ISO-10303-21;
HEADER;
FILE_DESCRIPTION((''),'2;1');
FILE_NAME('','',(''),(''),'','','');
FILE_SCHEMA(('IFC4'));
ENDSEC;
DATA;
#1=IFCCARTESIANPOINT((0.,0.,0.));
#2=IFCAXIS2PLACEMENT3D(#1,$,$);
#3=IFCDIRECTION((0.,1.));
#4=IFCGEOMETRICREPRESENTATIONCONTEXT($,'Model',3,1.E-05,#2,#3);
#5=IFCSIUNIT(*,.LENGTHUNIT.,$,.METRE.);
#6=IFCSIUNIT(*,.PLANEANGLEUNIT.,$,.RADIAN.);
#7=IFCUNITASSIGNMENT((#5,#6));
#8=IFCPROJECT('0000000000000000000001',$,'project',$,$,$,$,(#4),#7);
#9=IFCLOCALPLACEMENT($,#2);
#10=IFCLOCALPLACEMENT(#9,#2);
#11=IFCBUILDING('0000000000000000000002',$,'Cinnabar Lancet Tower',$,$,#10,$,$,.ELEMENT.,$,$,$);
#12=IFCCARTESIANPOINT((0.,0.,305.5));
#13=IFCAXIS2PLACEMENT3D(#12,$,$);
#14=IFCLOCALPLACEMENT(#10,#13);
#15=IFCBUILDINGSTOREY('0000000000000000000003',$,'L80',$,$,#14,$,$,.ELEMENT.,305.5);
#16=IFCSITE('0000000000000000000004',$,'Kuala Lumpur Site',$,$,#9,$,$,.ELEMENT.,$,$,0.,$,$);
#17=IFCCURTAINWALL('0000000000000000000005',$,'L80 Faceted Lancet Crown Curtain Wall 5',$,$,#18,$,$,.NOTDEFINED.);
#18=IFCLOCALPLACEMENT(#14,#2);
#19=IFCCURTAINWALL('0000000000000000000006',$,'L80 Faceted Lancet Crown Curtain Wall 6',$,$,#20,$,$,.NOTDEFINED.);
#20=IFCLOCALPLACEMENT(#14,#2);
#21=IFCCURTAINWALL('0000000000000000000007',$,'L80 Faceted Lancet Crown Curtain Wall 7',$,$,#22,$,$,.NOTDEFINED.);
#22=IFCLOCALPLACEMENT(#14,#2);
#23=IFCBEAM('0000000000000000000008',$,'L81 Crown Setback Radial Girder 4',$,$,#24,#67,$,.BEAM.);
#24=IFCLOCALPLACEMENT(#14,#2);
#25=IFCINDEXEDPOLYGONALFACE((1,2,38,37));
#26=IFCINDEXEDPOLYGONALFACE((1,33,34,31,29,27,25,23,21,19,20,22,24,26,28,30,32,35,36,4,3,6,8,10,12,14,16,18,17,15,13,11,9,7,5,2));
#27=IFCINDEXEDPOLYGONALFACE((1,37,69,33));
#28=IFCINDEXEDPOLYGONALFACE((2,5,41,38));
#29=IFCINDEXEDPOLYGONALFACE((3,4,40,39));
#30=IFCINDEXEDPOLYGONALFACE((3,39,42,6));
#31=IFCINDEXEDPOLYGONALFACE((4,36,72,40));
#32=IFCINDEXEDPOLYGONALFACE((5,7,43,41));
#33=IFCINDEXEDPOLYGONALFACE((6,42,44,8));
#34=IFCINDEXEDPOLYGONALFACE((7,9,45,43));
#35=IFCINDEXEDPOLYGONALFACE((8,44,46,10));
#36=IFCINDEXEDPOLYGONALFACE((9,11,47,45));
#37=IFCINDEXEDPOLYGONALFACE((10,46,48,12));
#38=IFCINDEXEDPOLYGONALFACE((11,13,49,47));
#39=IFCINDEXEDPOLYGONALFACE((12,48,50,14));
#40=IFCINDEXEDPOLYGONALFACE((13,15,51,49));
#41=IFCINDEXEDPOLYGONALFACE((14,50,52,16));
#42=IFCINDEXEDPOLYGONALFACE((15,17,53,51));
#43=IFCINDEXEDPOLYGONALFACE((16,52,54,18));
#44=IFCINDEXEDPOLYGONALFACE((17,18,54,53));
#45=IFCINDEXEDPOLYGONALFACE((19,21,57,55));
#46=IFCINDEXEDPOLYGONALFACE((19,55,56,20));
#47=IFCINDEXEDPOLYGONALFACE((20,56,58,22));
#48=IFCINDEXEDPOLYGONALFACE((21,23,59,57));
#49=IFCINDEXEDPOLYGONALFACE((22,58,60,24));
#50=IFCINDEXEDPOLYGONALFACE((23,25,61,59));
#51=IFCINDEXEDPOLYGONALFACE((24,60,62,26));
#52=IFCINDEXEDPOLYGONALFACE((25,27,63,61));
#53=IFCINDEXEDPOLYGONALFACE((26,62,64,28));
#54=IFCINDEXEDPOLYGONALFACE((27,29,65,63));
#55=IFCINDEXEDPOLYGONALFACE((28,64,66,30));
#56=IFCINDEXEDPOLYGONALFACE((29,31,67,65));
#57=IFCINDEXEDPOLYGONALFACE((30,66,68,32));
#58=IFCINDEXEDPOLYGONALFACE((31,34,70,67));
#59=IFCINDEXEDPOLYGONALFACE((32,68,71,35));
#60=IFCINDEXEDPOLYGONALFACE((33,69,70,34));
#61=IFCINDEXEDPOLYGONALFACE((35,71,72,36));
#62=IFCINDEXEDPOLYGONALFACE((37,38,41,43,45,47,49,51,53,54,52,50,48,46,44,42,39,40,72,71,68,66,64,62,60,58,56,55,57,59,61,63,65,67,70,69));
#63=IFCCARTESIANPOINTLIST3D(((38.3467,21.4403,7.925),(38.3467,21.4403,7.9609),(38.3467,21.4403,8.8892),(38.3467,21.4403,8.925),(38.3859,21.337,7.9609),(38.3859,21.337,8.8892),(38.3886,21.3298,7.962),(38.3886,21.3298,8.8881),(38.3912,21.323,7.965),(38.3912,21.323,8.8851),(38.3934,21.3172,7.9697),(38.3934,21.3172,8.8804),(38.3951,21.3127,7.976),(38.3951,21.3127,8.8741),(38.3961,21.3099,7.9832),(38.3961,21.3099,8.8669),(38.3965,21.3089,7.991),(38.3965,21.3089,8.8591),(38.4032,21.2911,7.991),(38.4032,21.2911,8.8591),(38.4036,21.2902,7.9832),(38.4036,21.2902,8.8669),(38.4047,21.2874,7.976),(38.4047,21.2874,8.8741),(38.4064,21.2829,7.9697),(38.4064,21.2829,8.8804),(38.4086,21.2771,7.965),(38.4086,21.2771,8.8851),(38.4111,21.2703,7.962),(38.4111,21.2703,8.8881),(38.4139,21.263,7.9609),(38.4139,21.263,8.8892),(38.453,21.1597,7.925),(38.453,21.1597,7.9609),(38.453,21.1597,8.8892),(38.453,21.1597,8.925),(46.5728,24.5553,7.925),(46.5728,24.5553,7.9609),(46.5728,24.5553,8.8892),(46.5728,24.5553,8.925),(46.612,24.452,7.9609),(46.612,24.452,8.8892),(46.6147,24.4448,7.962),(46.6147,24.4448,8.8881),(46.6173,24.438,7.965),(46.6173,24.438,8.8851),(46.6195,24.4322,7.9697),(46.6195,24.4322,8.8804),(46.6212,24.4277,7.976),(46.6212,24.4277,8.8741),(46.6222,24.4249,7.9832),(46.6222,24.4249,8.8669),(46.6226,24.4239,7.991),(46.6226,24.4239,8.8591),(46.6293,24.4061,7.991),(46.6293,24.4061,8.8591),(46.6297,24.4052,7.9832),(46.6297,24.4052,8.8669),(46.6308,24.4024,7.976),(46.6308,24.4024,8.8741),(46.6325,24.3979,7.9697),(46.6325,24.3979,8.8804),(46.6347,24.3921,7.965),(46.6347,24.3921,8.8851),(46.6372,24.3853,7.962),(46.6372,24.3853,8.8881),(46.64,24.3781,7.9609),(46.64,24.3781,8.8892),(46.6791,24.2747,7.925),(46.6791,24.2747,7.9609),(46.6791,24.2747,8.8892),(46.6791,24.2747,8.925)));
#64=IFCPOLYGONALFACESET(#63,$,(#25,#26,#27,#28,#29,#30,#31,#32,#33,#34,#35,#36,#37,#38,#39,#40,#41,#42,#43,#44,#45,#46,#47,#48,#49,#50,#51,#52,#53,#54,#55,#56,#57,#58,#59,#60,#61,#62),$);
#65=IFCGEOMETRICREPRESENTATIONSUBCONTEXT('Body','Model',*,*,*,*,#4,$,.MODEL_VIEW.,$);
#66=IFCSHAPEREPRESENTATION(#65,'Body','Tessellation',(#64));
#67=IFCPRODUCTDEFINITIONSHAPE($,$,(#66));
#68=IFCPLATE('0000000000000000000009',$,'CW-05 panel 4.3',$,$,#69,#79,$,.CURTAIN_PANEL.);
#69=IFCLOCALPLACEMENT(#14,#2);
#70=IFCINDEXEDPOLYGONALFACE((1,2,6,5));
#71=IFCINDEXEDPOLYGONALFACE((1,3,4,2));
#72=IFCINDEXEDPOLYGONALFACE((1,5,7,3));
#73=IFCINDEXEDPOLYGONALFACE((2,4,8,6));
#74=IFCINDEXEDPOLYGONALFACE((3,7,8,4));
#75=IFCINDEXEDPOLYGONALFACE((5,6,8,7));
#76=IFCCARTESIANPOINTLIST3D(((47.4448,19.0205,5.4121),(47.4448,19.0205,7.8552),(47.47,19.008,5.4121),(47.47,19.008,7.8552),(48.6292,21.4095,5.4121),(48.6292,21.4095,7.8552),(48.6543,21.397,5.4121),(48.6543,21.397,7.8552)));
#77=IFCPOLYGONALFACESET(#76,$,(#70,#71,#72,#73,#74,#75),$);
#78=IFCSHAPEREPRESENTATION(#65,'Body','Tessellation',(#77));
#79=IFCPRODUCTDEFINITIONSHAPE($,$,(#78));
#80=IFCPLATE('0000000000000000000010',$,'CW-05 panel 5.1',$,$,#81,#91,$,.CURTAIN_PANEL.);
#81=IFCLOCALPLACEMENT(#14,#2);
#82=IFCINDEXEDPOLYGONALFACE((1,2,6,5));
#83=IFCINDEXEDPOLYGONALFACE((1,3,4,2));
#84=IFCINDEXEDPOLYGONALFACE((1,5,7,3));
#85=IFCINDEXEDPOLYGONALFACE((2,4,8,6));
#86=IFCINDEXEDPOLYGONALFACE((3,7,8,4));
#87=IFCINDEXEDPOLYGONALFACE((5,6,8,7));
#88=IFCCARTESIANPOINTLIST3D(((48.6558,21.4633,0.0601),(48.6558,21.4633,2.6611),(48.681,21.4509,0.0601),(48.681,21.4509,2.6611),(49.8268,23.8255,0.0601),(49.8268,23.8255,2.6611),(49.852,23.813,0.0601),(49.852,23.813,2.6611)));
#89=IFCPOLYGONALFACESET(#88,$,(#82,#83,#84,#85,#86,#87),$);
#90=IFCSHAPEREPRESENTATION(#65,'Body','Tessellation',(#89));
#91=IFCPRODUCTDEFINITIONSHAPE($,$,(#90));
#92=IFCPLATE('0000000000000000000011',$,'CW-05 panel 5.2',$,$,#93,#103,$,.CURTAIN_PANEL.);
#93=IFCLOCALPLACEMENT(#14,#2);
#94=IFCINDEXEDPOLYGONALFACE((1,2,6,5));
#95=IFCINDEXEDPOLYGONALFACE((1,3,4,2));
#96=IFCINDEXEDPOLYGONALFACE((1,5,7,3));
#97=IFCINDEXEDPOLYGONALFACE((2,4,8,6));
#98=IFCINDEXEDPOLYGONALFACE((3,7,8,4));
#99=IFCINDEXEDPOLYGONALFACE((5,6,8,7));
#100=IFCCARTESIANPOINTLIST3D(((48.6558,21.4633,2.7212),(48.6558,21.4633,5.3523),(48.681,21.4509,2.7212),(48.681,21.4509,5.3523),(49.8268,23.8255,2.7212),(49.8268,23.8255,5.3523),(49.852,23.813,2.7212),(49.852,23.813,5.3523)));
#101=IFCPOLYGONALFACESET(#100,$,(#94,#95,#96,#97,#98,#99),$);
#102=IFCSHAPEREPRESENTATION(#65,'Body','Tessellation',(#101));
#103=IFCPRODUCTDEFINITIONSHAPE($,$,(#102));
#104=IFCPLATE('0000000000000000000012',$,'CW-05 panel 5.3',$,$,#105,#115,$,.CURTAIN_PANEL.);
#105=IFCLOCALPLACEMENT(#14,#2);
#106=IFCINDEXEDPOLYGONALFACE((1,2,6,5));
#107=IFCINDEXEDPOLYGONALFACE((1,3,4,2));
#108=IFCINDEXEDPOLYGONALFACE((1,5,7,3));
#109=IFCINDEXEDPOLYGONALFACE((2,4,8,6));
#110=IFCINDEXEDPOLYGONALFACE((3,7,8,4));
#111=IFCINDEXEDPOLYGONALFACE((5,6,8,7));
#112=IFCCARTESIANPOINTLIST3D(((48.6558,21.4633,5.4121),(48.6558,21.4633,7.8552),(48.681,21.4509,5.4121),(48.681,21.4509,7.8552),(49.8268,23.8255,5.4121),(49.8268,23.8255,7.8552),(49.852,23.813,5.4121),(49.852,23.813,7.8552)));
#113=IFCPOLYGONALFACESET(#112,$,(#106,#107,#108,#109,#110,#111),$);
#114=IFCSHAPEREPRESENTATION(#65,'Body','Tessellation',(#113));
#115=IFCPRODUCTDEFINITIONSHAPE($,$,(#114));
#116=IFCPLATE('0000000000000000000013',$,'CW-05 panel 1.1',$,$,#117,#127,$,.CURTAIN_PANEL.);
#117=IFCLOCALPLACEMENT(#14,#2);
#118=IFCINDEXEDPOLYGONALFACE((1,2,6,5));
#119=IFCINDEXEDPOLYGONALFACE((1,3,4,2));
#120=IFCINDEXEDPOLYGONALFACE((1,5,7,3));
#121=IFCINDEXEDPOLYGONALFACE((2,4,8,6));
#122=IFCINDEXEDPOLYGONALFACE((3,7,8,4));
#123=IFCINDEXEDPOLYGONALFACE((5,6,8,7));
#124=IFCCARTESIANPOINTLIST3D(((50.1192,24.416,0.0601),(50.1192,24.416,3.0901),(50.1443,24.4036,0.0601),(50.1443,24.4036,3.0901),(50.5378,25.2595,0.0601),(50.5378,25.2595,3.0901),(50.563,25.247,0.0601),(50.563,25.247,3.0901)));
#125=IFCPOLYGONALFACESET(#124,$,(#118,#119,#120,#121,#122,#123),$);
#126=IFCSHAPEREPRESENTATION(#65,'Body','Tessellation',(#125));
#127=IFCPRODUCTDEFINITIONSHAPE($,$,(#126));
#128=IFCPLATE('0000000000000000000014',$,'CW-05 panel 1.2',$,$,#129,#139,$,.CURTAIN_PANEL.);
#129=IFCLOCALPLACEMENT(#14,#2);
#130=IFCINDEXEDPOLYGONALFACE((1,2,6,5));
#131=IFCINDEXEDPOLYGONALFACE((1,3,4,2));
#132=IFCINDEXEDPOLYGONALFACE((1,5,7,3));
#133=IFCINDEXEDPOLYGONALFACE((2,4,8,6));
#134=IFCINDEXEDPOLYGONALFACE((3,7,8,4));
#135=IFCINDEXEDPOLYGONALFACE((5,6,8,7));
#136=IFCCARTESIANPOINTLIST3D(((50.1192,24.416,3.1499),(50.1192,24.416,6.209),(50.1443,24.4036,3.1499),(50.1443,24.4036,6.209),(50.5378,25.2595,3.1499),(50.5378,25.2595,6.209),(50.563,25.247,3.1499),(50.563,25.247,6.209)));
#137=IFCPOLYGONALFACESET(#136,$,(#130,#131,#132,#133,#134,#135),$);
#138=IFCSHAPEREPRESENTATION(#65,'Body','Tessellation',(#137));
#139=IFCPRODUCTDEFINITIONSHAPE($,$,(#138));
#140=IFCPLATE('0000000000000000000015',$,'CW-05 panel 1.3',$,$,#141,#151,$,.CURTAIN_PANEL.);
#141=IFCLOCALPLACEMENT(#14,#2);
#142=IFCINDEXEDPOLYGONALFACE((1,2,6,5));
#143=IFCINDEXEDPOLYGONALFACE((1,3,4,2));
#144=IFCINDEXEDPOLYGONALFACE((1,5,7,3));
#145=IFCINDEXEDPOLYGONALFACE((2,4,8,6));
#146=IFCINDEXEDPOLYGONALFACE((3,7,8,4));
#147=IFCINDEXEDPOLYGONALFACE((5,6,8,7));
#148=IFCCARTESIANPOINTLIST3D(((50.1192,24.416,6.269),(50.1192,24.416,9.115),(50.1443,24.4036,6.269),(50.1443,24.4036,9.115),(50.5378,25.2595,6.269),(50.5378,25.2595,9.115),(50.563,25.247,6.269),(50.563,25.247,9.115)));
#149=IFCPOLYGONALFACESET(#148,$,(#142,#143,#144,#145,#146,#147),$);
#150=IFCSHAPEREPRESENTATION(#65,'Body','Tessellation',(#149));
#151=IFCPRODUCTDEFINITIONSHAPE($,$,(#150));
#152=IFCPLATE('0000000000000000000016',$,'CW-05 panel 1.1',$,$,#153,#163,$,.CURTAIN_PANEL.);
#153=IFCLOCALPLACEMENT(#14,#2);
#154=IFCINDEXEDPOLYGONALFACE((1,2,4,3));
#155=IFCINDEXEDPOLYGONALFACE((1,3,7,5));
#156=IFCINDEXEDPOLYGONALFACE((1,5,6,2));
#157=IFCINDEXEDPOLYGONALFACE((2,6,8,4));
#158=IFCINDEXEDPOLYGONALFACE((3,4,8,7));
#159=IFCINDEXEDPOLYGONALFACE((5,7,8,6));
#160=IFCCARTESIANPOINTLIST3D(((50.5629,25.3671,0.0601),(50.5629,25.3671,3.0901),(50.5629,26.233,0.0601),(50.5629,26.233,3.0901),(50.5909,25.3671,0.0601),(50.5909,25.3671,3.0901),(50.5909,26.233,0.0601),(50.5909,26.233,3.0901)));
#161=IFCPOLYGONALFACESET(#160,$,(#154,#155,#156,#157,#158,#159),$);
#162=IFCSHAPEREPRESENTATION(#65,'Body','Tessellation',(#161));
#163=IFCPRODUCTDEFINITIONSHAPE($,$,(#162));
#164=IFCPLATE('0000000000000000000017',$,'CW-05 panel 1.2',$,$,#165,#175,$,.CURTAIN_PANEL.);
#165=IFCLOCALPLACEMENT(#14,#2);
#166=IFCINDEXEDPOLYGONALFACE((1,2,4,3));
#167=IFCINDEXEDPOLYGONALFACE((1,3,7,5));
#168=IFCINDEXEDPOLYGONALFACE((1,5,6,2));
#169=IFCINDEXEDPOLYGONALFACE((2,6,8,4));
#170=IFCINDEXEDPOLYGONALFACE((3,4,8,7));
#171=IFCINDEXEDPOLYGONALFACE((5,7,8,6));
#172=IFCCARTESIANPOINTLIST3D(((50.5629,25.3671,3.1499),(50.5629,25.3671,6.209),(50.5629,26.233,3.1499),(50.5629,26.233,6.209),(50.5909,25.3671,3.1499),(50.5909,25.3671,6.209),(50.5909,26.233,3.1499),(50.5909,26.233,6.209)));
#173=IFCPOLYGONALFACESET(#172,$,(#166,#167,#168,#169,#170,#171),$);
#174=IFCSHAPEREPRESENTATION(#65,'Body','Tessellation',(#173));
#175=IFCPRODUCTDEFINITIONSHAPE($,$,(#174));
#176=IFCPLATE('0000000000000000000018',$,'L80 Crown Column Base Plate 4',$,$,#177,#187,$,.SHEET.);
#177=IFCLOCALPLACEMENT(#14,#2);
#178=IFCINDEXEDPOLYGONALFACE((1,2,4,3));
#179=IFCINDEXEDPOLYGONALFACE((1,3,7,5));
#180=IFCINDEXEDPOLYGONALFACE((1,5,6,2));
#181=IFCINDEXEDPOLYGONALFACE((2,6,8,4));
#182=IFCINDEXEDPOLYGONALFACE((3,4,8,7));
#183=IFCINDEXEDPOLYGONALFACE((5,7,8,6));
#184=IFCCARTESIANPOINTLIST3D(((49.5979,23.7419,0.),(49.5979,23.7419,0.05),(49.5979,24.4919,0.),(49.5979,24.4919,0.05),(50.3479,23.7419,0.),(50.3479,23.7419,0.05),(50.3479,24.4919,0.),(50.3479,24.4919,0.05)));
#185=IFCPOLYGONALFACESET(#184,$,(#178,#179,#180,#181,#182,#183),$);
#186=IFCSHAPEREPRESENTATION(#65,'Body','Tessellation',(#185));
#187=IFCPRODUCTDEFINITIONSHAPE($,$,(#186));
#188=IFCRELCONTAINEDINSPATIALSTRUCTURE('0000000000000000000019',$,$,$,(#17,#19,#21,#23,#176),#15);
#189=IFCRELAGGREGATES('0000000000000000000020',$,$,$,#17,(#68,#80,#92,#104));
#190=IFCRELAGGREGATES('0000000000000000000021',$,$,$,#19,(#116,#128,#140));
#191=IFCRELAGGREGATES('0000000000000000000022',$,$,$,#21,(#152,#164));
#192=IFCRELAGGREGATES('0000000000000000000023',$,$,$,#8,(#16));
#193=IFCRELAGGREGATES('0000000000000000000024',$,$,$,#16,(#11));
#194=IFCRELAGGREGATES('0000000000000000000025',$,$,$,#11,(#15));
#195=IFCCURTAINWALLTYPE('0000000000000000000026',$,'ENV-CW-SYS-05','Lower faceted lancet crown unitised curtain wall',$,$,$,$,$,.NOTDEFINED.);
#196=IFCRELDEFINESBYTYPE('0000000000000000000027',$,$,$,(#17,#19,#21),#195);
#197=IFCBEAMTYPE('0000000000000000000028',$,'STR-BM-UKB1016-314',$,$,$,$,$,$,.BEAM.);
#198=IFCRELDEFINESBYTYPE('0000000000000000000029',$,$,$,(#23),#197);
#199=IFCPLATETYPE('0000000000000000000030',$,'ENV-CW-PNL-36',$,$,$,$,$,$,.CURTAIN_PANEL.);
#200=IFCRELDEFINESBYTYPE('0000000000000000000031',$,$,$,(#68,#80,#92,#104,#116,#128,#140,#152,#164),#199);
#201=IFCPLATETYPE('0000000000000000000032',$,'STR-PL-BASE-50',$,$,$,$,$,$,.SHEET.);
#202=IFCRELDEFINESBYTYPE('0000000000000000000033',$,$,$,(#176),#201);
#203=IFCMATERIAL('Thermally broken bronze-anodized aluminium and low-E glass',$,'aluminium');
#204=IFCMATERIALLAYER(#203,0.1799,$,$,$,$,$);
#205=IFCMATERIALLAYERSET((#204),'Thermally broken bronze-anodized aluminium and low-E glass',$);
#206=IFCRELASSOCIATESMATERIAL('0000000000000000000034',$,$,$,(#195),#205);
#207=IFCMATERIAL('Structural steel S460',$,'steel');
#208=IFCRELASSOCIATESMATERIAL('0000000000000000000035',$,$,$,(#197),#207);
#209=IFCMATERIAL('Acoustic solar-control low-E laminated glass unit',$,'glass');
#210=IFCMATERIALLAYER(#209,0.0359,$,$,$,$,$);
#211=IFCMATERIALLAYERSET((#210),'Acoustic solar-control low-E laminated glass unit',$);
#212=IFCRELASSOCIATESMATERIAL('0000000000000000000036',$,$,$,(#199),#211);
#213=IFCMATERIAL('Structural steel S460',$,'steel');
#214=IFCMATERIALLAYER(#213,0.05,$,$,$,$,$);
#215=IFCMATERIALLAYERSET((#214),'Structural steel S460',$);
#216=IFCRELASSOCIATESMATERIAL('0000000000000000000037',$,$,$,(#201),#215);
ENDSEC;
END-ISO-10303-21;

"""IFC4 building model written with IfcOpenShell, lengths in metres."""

from ifc_helpers import new_model, si_unit, direction, frame, origin, origin_2d, place, context, subcontext, project, spatial, rectangle, i_section, extrude, material, layer, layer_set, material_profile, profile_set, type_object, element, aggregate, save


model = new_model("IFC4")

# Units and contexts
model_context = context("Model", 3, precision=1e-05, world=origin(), true_north=direction((0.0, 1.0)))
body_context = subcontext(model_context, "Body", "Model", "MODEL_VIEW")
ifc_project = project(units=[si_unit("LENGTHUNIT", "METRE"), si_unit("PLANEANGLEUNIT", "RADIAN")], contexts=[model_context])

# Site, building, storey
site_placement = place(None, origin())
site = spatial("IfcSite", under=ifc_project, at=site_placement, Name="Kuala Lumpur Site", CompositionType="ELEMENT", RefElevation=0.0)
building_placement = place(site_placement, origin())
building = spatial("IfcBuilding", under=site, at=building_placement, Name="Cinnabar Lancet Tower", CompositionType="ELEMENT")
storey_placement = place(building_placement, frame((0.0, 0.0, 305.5)))
storey = spatial("IfcBuildingStorey", under=building, at=storey_placement, Name="L80", CompositionType="ELEMENT", Elevation=305.5)

# Curtain walls
ifc_material_1 = material(Name="Thermally broken bronze-anodized aluminium and low-E glass", Category="aluminium")
ifc_layer_1 = layer(ifc_material_1, 0.1799)
ifc_layer_set_1 = layer_set([ifc_layer_1], Name="Thermally broken bronze-anodized aluminium and low-E glass")
curtain_wall_type = type_object("IfcCurtainWallType", Name="ENV-CW-SYS-05", Description="Lower faceted lancet crown unitised curtain wall", PredefinedType="NOTDEFINED", material=ifc_layer_set_1)
curtain_wall_1_placement = place(storey_placement, origin())
curtain_wall_1 = element("IfcCurtainWall", 1, at=curtain_wall_1_placement, inside=storey, type_object=curtain_wall_type, Name="L80 Faceted Lancet Crown Curtain Wall 5", PredefinedType="NOTDEFINED")
curtain_wall_2_placement = place(storey_placement, origin())
curtain_wall_2 = element("IfcCurtainWall", 2, at=curtain_wall_2_placement, inside=storey, type_object=curtain_wall_type, Name="L80 Faceted Lancet Crown Curtain Wall 6", PredefinedType="NOTDEFINED")

# Curtain wall
curtain_wall_3_placement = place(storey_placement, origin())
curtain_wall_3 = element("IfcCurtainWall", 3, at=curtain_wall_3_placement, inside=storey, type_object=curtain_wall_type, Name="L80 Faceted Lancet Crown Curtain Wall 7", PredefinedType="NOTDEFINED")

# Beam
ifc_material_2 = material(Name="Structural steel S460", Category="steel")
ifc_material_profile_1 = material_profile(ifc_material_2, i_section(OverallWidth=0.3, OverallDepth=1.0, WebThickness=0.019, FlangeThickness=0.0359, FilletRadius=0.03, at=origin_2d()), Name="UKB 1016x305x314")
ifc_profile_set_1 = profile_set([ifc_material_profile_1], Name="Structural steel S460")
beam_type = type_object("IfcBeamType", Name="STR-BM-UKB1016-314", PredefinedType="BEAM", material=ifc_profile_set_1)
beam_1_placement = place(storey_placement, frame((46.626, 24.415, 8.425), z_axis=(-0.935195, -0.354133, 0.0), x_axis=(0.354133, -0.935195, 0.0)))
element("IfcBeam", 4, at=beam_1_placement, inside=storey, type_object=beam_type, Name="L81 Crown Setback Radial Girder 4", PredefinedType="BEAM", context=body_context, shape_type="SweptSolid", body=[
    extrude(i_section(OverallWidth=0.3, OverallDepth=1.0, WebThickness=0.019, FlangeThickness=0.0359, FilletRadius=0.03, at=origin_2d()), origin(), (0.0, 0.0, 1.0), 8.7961),
])

# Plates
ifc_material_3 = material(Name="Acoustic solar-control low-E laminated glass unit", Category="glass")
ifc_layer_2 = layer(ifc_material_3, 0.0359)
ifc_layer_set_2 = layer_set([ifc_layer_2], Name="Acoustic solar-control low-E laminated glass unit")
plate_type_1 = type_object("IfcPlateType", Name="ENV-CW-PNL-36", PredefinedType="CURTAIN_PANEL", material=ifc_layer_set_2)
plate_1_placement = place(storey_placement, frame((48.0496, 20.2087, 5.4121), z_axis=(0.0, 0.0, 1.0), x_axis=(0.444159, 0.895948, 0.0)))
plate_1 = element("IfcPlate", 5, at=plate_1_placement, type_object=plate_type_1, Name="CW-05 panel 4.3", PredefinedType="CURTAIN_PANEL", context=body_context, shape_type="SweptSolid", body=[
    extrude(rectangle(XDim=2.6665, YDim=0.0281, at=origin_2d()), origin(), (0.0, 0.0, 1.0), 2.4431),
])
plate_2_placement = place(storey_placement, frame((49.2539, 22.6382, 0.0601), z_axis=(0.0, 0.0, 1.0), x_axis=(0.444159, 0.895948, 0.0)))
plate_2 = element("IfcPlate", 6, at=plate_2_placement, type_object=plate_type_1, Name="CW-05 panel 5.1", PredefinedType="CURTAIN_PANEL", context=body_context, shape_type="SweptSolid", body=[
    extrude(rectangle(XDim=2.6365, YDim=0.0281, at=origin_2d()), origin(), (0.0, 0.0, 1.0), 2.6011),
])
plate_3_placement = place(storey_placement, frame((49.2539, 22.6382, 2.7212), z_axis=(0.0, 0.0, 1.0), x_axis=(0.444159, 0.895948, 0.0)))
plate_3 = element("IfcPlate", 7, at=plate_3_placement, type_object=plate_type_1, Name="CW-05 panel 5.2", PredefinedType="CURTAIN_PANEL", context=body_context, shape_type="SweptSolid", body=[
    extrude(rectangle(XDim=2.6365, YDim=0.0281, at=origin_2d()), origin(), (0.0, 0.0, 1.0), 2.6311),
])
plate_4_placement = place(storey_placement, frame((49.2539, 22.6382, 5.4121), z_axis=(0.0, 0.0, 1.0), x_axis=(0.444159, 0.895948, 0.0)))
plate_4 = element("IfcPlate", 8, at=plate_4_placement, type_object=plate_type_1, Name="CW-05 panel 5.3", PredefinedType="CURTAIN_PANEL", context=body_context, shape_type="SweptSolid", body=[
    extrude(rectangle(XDim=2.6365, YDim=0.0281, at=origin_2d()), origin(), (0.0, 0.0, 1.0), 2.4431),
])
aggregate(curtain_wall_1, [plate_1, plate_2, plate_3, plate_4])
plate_5_placement = place(storey_placement, frame((50.3411, 24.8315, 0.0601), z_axis=(0.0, 0.0, 1.0), x_axis=(0.444574, 0.895742, 0.0)))
plate_5 = element("IfcPlate", 9, at=plate_5_placement, type_object=plate_type_1, Name="CW-05 panel 1.1", PredefinedType="CURTAIN_PANEL", context=body_context, shape_type="SweptSolid", body=[
    extrude(rectangle(XDim=0.9417, YDim=0.0281, at=origin_2d()), origin(), (0.0, 0.0, 1.0), 3.03),
])
plate_6_placement = place(storey_placement, frame((50.3411, 24.8315, 3.1499), z_axis=(0.0, 0.0, 1.0), x_axis=(0.444574, 0.895742, 0.0)))
plate_6 = element("IfcPlate", 10, at=plate_6_placement, type_object=plate_type_1, Name="CW-05 panel 1.2", PredefinedType="CURTAIN_PANEL", context=body_context, shape_type="SweptSolid", body=[
    extrude(rectangle(XDim=0.9417, YDim=0.0281, at=origin_2d()), origin(), (0.0, 0.0, 1.0), 3.0591),
])
plate_7_placement = place(storey_placement, frame((50.3411, 24.8315, 6.269), z_axis=(0.0, 0.0, 1.0), x_axis=(0.444574, 0.895742, 0.0)))
plate_7 = element("IfcPlate", 11, at=plate_7_placement, type_object=plate_type_1, Name="CW-05 panel 1.3", PredefinedType="CURTAIN_PANEL", context=body_context, shape_type="SweptSolid", body=[
    extrude(rectangle(XDim=0.9417, YDim=0.0281, at=origin_2d()), origin(), (0.0, 0.0, 1.0), 2.8459),
])
aggregate(curtain_wall_2, [plate_5, plate_6, plate_7])
plate_8_placement = place(storey_placement, frame((50.5769, 25.8, 0.0601), z_axis=(0.0, 0.0, 1.0), x_axis=(0.0, 1.0, 0.0)))
plate_8 = element("IfcPlate", 12, at=plate_8_placement, type_object=plate_type_1, Name="CW-05 panel 1.1", PredefinedType="CURTAIN_PANEL", context=body_context, shape_type="SweptSolid", body=[
    extrude(rectangle(XDim=0.866, YDim=0.0281, at=origin_2d()), origin(), (0.0, 0.0, 1.0), 3.03),
])
plate_9_placement = place(storey_placement, frame((50.5769, 25.8, 3.1499), z_axis=(0.0, 0.0, 1.0), x_axis=(0.0, 1.0, 0.0)))
plate_9 = element("IfcPlate", 13, at=plate_9_placement, type_object=plate_type_1, Name="CW-05 panel 1.2", PredefinedType="CURTAIN_PANEL", context=body_context, shape_type="SweptSolid", body=[
    extrude(rectangle(XDim=0.866, YDim=0.0281, at=origin_2d()), origin(), (0.0, 0.0, 1.0), 3.0591),
])
aggregate(curtain_wall_3, [plate_8, plate_9])
ifc_material_4 = material(Name="Structural steel S460", Category="steel")
ifc_layer_3 = layer(ifc_material_4, 0.05)
ifc_layer_set_3 = layer_set([ifc_layer_3], Name="Structural steel S460")
plate_type_2 = type_object("IfcPlateType", Name="STR-PL-BASE-50", PredefinedType="SHEET", material=ifc_layer_set_3)
plate_10_placement = place(storey_placement, frame((49.9729, 24.1169, 0.0), z_axis=(0.0, 0.0, 1.0), x_axis=(1.0, 0.0, 0.0)))
element("IfcPlate", 14, at=plate_10_placement, inside=storey, type_object=plate_type_2, Name="L80 Crown Column Base Plate 4", PredefinedType="SHEET", context=body_context, shape_type="SweptSolid", body=[
    extrude(rectangle(XDim=0.75, YDim=0.75, at=origin_2d()), origin(), (0.0, 0.0, 1.0), 0.05),
])

save(model, "model.ifc")
